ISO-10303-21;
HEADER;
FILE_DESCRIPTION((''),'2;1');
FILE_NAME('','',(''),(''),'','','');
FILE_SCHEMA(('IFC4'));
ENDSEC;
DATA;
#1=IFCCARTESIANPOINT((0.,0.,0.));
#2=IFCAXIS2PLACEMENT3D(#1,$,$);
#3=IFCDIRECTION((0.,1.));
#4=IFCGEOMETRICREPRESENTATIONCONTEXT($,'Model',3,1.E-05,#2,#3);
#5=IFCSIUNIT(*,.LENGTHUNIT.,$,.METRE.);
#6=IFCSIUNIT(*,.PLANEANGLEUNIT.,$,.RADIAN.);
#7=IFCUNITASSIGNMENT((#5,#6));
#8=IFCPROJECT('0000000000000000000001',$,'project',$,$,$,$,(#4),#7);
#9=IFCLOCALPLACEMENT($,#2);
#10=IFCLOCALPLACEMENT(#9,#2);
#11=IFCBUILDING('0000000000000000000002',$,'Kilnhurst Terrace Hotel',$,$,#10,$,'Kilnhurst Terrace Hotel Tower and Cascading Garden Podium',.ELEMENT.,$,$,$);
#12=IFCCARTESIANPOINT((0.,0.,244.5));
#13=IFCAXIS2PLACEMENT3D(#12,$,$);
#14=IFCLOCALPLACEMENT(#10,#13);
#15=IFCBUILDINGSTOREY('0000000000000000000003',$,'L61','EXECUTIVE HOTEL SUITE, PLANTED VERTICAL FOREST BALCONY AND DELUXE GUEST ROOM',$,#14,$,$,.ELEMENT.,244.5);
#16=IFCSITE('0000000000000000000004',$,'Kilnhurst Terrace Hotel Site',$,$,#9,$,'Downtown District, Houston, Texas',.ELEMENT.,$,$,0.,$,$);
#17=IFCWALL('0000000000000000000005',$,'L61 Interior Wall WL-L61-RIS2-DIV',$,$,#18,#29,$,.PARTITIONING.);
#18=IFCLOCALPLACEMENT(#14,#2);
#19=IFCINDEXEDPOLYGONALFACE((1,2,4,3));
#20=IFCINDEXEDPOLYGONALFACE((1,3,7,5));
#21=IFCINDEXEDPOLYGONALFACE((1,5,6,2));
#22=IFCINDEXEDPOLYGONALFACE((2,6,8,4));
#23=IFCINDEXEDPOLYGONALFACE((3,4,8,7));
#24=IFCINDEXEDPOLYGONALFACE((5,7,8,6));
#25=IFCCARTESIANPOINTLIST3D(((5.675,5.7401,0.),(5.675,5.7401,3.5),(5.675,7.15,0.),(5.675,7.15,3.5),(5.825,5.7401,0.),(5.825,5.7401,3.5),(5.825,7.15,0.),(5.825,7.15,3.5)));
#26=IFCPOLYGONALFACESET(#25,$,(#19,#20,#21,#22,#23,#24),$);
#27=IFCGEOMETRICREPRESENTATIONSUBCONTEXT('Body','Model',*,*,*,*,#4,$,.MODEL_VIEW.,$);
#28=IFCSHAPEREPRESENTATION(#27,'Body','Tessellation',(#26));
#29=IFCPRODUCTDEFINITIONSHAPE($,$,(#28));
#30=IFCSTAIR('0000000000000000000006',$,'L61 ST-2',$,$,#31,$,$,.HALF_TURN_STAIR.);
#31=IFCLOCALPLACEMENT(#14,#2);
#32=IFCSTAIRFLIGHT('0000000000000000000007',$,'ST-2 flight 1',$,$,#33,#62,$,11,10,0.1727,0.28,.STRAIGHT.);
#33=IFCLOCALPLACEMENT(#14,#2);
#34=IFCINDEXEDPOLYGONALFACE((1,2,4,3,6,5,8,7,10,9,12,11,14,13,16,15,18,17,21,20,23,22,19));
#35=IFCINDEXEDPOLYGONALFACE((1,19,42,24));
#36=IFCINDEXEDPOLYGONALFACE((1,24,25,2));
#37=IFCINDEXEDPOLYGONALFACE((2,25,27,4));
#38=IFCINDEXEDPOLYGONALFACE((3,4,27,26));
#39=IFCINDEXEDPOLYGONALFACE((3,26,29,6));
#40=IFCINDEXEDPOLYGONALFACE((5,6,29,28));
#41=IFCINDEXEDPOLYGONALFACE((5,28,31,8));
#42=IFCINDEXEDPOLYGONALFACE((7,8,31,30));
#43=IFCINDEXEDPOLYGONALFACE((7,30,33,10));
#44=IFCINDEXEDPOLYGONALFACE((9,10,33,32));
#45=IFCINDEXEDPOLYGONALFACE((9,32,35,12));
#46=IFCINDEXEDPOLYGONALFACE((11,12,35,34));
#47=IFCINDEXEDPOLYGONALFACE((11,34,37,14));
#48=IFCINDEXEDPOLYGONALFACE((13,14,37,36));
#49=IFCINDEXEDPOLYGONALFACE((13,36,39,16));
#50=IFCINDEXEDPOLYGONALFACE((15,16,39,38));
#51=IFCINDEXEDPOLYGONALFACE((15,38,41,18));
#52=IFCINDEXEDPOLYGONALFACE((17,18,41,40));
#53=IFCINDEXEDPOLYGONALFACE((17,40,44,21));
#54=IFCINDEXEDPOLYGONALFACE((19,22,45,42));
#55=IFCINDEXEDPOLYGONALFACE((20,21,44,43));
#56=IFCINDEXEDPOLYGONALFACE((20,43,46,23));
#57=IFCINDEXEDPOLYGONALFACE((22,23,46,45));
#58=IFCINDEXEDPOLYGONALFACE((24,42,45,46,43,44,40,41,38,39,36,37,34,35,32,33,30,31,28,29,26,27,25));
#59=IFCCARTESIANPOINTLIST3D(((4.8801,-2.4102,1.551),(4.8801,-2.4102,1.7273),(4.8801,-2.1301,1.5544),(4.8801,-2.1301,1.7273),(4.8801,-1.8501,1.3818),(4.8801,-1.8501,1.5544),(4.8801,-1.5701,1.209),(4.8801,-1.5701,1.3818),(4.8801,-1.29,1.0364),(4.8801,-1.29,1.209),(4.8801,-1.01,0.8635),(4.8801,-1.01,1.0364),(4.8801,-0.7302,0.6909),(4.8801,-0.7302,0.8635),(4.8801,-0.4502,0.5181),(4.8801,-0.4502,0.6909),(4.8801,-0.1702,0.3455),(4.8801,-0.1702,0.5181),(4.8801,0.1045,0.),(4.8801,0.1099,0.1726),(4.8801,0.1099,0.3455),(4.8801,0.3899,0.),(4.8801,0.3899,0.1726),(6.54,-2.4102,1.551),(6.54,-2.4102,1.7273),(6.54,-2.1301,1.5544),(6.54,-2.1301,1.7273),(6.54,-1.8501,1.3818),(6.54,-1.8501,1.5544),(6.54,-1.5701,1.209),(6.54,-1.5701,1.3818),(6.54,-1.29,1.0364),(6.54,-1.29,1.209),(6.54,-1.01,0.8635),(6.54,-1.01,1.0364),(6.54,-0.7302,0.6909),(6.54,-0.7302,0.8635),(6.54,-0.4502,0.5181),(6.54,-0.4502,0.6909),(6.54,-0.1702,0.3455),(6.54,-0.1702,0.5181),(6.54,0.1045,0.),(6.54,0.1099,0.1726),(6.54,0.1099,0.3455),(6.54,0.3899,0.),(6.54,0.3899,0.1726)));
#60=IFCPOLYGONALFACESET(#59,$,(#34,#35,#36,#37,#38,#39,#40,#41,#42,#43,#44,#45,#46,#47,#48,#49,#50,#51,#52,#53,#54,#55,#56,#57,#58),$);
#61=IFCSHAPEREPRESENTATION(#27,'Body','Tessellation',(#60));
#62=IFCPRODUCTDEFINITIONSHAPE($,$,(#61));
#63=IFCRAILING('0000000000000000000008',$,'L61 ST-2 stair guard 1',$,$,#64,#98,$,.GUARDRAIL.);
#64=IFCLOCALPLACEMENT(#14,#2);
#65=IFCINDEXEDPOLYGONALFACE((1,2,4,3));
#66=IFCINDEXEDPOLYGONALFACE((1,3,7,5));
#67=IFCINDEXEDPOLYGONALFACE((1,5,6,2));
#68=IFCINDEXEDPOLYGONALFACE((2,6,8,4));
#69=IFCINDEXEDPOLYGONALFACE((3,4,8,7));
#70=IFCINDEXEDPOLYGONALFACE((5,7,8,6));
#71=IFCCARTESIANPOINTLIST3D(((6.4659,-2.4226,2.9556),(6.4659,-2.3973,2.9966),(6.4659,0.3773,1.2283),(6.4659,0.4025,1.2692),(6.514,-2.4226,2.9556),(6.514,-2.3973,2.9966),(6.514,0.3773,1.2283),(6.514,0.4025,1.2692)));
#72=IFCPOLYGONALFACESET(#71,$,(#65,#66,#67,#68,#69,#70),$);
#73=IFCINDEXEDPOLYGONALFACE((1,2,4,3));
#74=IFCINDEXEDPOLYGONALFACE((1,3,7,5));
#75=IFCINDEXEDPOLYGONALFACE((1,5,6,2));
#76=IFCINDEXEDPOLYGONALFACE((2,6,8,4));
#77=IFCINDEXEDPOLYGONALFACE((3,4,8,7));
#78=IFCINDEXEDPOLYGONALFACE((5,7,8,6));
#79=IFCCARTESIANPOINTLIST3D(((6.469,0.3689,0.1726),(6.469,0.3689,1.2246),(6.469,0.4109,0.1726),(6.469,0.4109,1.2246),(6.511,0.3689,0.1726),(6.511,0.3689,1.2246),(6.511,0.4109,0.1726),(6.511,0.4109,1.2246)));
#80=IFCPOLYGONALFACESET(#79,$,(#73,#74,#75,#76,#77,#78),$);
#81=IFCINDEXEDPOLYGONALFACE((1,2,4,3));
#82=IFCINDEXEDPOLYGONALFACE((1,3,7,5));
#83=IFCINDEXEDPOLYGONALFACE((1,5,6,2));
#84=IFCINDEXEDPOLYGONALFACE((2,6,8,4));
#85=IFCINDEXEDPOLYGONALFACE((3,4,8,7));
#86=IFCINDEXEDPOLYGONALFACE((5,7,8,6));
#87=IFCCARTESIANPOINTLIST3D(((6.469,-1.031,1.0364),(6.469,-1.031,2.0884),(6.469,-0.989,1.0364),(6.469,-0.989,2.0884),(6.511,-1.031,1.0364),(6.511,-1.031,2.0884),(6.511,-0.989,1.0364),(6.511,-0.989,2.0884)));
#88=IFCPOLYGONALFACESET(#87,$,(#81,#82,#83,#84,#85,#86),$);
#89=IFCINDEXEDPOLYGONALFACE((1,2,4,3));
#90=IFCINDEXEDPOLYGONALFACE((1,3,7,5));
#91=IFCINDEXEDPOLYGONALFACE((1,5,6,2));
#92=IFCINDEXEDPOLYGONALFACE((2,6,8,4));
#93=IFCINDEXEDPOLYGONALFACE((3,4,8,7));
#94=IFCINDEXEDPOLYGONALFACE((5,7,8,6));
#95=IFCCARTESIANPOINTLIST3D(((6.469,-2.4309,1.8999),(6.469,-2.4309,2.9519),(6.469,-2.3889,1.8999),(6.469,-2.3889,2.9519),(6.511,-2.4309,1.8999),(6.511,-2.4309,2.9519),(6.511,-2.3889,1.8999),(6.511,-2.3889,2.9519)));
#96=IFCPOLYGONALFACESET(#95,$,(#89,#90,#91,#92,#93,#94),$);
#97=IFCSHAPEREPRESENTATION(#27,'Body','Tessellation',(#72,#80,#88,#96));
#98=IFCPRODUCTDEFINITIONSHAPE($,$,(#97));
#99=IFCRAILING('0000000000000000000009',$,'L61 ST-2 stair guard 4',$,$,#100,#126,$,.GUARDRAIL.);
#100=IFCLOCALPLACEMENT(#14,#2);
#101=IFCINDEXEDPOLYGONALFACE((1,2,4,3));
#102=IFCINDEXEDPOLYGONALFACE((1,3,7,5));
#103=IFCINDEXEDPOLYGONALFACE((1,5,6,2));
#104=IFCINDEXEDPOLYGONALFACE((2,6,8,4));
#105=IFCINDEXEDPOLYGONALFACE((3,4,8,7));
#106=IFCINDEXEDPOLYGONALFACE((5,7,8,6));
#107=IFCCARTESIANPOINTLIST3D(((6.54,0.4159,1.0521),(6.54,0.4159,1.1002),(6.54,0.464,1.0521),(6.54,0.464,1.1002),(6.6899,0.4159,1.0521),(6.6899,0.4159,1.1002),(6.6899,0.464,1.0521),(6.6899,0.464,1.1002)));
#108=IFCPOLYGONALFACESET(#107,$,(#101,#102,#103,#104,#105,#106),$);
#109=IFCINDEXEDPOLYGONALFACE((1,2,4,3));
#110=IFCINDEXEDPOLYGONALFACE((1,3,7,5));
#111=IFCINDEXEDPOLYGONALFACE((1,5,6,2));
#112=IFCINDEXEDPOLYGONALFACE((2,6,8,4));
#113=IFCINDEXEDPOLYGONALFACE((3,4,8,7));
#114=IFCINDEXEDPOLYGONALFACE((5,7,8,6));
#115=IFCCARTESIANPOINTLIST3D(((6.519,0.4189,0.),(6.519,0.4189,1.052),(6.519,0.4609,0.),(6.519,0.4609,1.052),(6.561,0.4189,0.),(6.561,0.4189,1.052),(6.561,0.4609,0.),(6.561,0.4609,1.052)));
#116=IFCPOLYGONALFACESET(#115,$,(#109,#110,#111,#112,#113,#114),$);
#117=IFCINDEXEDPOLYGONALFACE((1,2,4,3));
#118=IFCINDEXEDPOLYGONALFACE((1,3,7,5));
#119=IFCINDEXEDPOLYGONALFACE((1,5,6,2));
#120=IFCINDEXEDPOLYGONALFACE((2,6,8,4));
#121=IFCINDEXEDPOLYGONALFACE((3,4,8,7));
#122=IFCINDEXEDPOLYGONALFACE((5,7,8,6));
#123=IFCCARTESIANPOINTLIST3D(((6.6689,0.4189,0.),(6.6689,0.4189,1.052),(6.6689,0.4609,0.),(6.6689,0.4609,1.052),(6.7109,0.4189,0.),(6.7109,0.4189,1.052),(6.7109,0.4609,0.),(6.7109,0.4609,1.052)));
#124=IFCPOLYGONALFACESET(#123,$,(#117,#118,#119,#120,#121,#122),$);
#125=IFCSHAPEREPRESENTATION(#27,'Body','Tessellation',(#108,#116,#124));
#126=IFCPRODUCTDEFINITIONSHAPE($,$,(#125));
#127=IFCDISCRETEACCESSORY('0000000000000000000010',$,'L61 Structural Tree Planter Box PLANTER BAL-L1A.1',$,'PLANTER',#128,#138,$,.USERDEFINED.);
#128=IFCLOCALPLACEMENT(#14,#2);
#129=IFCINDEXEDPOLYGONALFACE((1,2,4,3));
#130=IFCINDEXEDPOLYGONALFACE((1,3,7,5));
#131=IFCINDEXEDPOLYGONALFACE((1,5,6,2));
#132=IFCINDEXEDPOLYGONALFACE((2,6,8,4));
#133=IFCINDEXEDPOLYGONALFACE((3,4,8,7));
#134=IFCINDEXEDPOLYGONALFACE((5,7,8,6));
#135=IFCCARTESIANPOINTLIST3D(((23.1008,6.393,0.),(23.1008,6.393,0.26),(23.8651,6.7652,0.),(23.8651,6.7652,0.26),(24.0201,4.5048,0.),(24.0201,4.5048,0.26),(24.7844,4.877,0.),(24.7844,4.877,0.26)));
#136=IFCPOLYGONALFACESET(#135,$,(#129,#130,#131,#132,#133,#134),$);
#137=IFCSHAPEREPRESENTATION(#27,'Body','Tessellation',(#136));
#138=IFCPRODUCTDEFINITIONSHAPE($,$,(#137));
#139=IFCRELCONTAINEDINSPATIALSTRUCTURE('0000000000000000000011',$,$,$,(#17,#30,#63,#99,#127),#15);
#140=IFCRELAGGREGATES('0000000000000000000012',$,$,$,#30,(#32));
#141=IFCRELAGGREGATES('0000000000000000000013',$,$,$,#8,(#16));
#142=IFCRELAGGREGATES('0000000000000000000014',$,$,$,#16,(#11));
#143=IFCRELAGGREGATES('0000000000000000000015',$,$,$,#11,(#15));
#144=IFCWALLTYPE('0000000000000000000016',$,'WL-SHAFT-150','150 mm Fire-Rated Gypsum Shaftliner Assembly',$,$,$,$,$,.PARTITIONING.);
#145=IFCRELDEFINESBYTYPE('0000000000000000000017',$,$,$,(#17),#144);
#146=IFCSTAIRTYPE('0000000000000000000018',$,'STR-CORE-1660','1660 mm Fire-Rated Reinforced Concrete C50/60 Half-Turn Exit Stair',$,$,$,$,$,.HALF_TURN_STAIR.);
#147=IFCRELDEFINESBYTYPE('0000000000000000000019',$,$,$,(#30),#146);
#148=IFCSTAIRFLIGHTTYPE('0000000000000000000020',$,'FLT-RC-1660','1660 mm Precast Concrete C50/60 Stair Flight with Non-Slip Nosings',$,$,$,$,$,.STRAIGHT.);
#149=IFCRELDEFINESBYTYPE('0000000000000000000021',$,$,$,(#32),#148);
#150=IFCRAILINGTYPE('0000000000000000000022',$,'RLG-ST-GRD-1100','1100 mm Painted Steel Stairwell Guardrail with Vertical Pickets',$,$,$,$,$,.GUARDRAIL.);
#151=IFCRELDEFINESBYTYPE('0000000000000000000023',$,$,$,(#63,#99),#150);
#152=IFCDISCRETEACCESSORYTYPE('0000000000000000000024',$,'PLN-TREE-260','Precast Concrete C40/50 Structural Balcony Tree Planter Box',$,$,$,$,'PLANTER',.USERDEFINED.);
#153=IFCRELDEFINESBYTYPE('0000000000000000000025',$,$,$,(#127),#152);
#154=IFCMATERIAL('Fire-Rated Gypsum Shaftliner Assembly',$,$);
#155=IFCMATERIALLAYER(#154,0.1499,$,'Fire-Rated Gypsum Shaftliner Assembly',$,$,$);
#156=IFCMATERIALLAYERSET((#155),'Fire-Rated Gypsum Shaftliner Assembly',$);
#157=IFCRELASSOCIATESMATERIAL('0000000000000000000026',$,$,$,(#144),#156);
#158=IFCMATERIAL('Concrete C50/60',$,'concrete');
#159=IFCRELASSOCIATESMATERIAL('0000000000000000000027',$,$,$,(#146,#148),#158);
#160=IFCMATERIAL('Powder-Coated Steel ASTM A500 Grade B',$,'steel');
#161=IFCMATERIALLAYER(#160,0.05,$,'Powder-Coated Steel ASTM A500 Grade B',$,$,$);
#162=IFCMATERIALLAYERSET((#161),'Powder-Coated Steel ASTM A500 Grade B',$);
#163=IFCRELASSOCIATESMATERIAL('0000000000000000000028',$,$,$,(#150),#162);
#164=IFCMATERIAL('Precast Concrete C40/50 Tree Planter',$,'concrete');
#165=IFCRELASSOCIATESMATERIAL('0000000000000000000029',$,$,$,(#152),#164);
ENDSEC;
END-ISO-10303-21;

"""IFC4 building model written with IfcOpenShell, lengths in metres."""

from ifc_helpers import new_model, si_unit, direction, frame, frame_2d, origin, origin_2d, place, context, subcontext, project, spatial, polyline, rectangle, outline, extrude, material, layer, layer_set, type_object, element, aggregate, save


model = new_model("IFC4")

# Units and contexts
model_context = context("Model", 3, precision=1e-05, world=origin(), true_north=direction((0.0, 1.0)))
body_context = subcontext(model_context, "Body", "Model", "MODEL_VIEW")
ifc_project = project(units=[si_unit("LENGTHUNIT", "METRE"), si_unit("PLANEANGLEUNIT", "RADIAN")], contexts=[model_context])

# Site, building, storey
site_placement = place(None, origin())
site = spatial("IfcSite", under=ifc_project, at=site_placement, Name="Kilnhurst Terrace Hotel Site", LongName="Downtown District, Houston, Texas", CompositionType="ELEMENT", RefElevation=0.0)
building_placement = place(site_placement, origin())
building = spatial("IfcBuilding", under=site, at=building_placement, Name="Kilnhurst Terrace Hotel", LongName="Kilnhurst Terrace Hotel Tower and Cascading Garden Podium", CompositionType="ELEMENT")
storey_placement = place(building_placement, frame((0.0, 0.0, 244.5)))
storey = spatial("IfcBuildingStorey", under=building, at=storey_placement, Name="L61", Description="EXECUTIVE HOTEL SUITE, PLANTED VERTICAL FOREST BALCONY AND DELUXE GUEST ROOM", CompositionType="ELEMENT", Elevation=244.5)

# Shared definitions
ifc_material_1 = material(Name="Concrete C50/60", Category="concrete")

# Wall
ifc_material_2 = material(Name="Fire-Rated Gypsum Shaftliner Assembly")
ifc_layer_1 = layer(ifc_material_2, 0.1499, Name="Fire-Rated Gypsum Shaftliner Assembly")
ifc_layer_set_1 = layer_set([ifc_layer_1], Name="Fire-Rated Gypsum Shaftliner Assembly")
wall_type_1 = type_object("IfcWallType", Name="WL-SHAFT-150", Description="150 mm Fire-Rated Gypsum Shaftliner Assembly", PredefinedType="PARTITIONING", material=ifc_layer_set_1)
wall_1_placement = place(storey_placement, frame((5.75, 5.74, 0.0), z_axis=(0.0, 0.0, 1.0), x_axis=(0.0, 1.0, 0.0)))
element("IfcWall", 1, at=wall_1_placement, inside=storey, type_object=wall_type_1, Name="L61 Interior Wall WL-L61-RIS2-DIV", PredefinedType="PARTITIONING", context=body_context, shape_type="SweptSolid", body=[
    extrude(rectangle(XDim=1.4099, YDim=0.1499, at=frame_2d((0.7051, 0.0))), origin(), (0.0, 0.0, 1.0), 3.5),
])

# Stair, stair flight
stair_type = type_object("IfcStairType", Name="STR-CORE-1660", Description="1660 mm Fire-Rated Reinforced Concrete C50/60 Half-Turn Exit Stair", PredefinedType="HALF_TURN_STAIR", material=ifc_material_1)
stair_placement = place(storey_placement, origin())
stair = element("IfcStair", 2, at=stair_placement, inside=storey, type_object=stair_type, Name="L61 ST-2", PredefinedType="HALF_TURN_STAIR")
stair_flight_type = type_object("IfcStairFlightType", Name="FLT-RC-1660", Description="1660 mm Precast Concrete C50/60 Stair Flight with Non-Slip Nosings", PredefinedType="STRAIGHT", material=ifc_material_1)
stair_flight_placement = place(storey_placement, frame((5.71, 0.3899, 0.0), z_axis=(0.0, 0.0, 1.0), x_axis=(0.0, -1.0, 0.0)))
stair_flight = element("IfcStairFlight", 3, at=stair_flight_placement, type_object=stair_flight_type, Name="ST-2 flight 1", NumberOfRisers=11, NumberOfTreads=10, PredefinedType="STRAIGHT", RiserHeight=0.1727, TreadLength=0.28, context=body_context, shape_type="SweptSolid", body=[
    extrude(outline(polyline([(0.0, 0.0), (0.0, 0.1726), (0.28, 0.1726), (0.28, 0.3455), (0.5601, 0.3455), (0.5601, 0.5181), (0.8401, 0.5181), (0.8401, 0.6909), (1.1201, 0.6909), (1.1201, 0.8635), (1.3999, 0.8635), (1.3999, 1.0364), (1.6799, 1.0364), (1.6799, 1.209), (1.96, 1.209), (1.96, 1.3818), (2.24, 1.3818), (2.24, 1.5544), (2.52, 1.5544), (2.52, 1.7273), (2.8, 1.7273), (2.8, 1.8999), (2.8, 1.551), (0.2854, 0.0), (0.0, 0.0)])), frame((0.0, 0.8301, 0.0), z_axis=(0.0, -1.0, 0.0), x_axis=(1.0, 0.0, 0.0)), (0.0, 0.0, 1.0), 1.6599),
])
aggregate(stair, [stair_flight])

# Railings
ifc_material_3 = material(Name="Powder-Coated Steel ASTM A500 Grade B", Category="steel")
ifc_layer_2 = layer(ifc_material_3, 0.05, Name="Powder-Coated Steel ASTM A500 Grade B")
ifc_layer_set_2 = layer_set([ifc_layer_2], Name="Powder-Coated Steel ASTM A500 Grade B")
railing_type = type_object("IfcRailingType", Name="RLG-ST-GRD-1100", Description="1100 mm Painted Steel Stairwell Guardrail with Vertical Pickets", PredefinedType="GUARDRAIL", material=ifc_layer_set_2)
railing_1_placement = place(storey_placement, frame((6.49, 0.3899, 0.1726)))
element("IfcRailing", 4, at=railing_1_placement, inside=storey, type_object=railing_type, Name="L61 ST-2 stair guard 1", PredefinedType="GUARDRAIL", context=body_context, shape_type="SweptSolid", body=[
    extrude(rectangle(XDim=0.0481, YDim=0.0481, at=origin_2d()), frame((0.0, 0.0, 1.0762), z_axis=(0.0, -0.851069, 0.525054), x_axis=(1.0, 0.0, 0.0)), (0.0, 0.0, 1.0), 3.2898),
    extrude(rectangle(XDim=0.042, YDim=0.042, at=origin_2d()), origin(), (0.0, 0.0, 1.0), 1.052),
    extrude(rectangle(XDim=0.042, YDim=0.042, at=origin_2d()), frame((0.0, -1.3999, 0.8638)), (0.0, 0.0, 1.0), 1.052),
    extrude(rectangle(XDim=0.042, YDim=0.042, at=origin_2d()), frame((0.0, -2.7998, 1.7273)), (0.0, 0.0, 1.0), 1.052),
])
railing_2_placement = place(storey_placement, frame((6.54, 0.4399, 0.0)))
element("IfcRailing", 5, at=railing_2_placement, inside=storey, type_object=railing_type, Name="L61 ST-2 stair guard 4", PredefinedType="GUARDRAIL", context=body_context, shape_type="SweptSolid", body=[
    extrude(rectangle(XDim=0.0481, YDim=0.0481, at=origin_2d()), frame((0.0, 0.0, 1.0762), z_axis=(1.0, 0.0, 0.0), x_axis=(0.0, 1.0, 0.0)), (0.0, 0.0, 1.0), 0.1499),
    extrude(rectangle(XDim=0.042, YDim=0.042, at=origin_2d()), origin(), (0.0, 0.0, 1.0), 1.052),
    extrude(rectangle(XDim=0.042, YDim=0.042, at=origin_2d()), frame((0.1499, 0.0, 0.0)), (0.0, 0.0, 1.0), 1.052),
])

# Discrete accessory
ifc_material_4 = material(Name="Precast Concrete C40/50 Tree Planter", Category="concrete")
discrete_accessory_type = type_object("IfcDiscreteAccessoryType", Name="PLN-TREE-260", Description="Precast Concrete C40/50 Structural Balcony Tree Planter Box", ElementType="PLANTER", PredefinedType="USERDEFINED", material=ifc_material_4)
discrete_accessory_placement = place(storey_placement, frame((23.9426, 5.635, 0.0), z_axis=(0.0, 0.0, 1.0), x_axis=(-0.437744, 0.8991, 0.0)))
element("IfcDiscreteAccessory", 6, at=discrete_accessory_placement, inside=storey, type_object=discrete_accessory_type, Name="L61 Structural Tree Planter Box PLANTER BAL-L1A.1", ObjectType="PLANTER", PredefinedType="USERDEFINED", context=body_context, shape_type="SweptSolid", body=[
    extrude(rectangle(XDim=2.1001, YDim=0.8501, at=origin_2d()), origin(), (0.0, 0.0, 1.0), 0.26),
])

save(model, "model.ifc")
